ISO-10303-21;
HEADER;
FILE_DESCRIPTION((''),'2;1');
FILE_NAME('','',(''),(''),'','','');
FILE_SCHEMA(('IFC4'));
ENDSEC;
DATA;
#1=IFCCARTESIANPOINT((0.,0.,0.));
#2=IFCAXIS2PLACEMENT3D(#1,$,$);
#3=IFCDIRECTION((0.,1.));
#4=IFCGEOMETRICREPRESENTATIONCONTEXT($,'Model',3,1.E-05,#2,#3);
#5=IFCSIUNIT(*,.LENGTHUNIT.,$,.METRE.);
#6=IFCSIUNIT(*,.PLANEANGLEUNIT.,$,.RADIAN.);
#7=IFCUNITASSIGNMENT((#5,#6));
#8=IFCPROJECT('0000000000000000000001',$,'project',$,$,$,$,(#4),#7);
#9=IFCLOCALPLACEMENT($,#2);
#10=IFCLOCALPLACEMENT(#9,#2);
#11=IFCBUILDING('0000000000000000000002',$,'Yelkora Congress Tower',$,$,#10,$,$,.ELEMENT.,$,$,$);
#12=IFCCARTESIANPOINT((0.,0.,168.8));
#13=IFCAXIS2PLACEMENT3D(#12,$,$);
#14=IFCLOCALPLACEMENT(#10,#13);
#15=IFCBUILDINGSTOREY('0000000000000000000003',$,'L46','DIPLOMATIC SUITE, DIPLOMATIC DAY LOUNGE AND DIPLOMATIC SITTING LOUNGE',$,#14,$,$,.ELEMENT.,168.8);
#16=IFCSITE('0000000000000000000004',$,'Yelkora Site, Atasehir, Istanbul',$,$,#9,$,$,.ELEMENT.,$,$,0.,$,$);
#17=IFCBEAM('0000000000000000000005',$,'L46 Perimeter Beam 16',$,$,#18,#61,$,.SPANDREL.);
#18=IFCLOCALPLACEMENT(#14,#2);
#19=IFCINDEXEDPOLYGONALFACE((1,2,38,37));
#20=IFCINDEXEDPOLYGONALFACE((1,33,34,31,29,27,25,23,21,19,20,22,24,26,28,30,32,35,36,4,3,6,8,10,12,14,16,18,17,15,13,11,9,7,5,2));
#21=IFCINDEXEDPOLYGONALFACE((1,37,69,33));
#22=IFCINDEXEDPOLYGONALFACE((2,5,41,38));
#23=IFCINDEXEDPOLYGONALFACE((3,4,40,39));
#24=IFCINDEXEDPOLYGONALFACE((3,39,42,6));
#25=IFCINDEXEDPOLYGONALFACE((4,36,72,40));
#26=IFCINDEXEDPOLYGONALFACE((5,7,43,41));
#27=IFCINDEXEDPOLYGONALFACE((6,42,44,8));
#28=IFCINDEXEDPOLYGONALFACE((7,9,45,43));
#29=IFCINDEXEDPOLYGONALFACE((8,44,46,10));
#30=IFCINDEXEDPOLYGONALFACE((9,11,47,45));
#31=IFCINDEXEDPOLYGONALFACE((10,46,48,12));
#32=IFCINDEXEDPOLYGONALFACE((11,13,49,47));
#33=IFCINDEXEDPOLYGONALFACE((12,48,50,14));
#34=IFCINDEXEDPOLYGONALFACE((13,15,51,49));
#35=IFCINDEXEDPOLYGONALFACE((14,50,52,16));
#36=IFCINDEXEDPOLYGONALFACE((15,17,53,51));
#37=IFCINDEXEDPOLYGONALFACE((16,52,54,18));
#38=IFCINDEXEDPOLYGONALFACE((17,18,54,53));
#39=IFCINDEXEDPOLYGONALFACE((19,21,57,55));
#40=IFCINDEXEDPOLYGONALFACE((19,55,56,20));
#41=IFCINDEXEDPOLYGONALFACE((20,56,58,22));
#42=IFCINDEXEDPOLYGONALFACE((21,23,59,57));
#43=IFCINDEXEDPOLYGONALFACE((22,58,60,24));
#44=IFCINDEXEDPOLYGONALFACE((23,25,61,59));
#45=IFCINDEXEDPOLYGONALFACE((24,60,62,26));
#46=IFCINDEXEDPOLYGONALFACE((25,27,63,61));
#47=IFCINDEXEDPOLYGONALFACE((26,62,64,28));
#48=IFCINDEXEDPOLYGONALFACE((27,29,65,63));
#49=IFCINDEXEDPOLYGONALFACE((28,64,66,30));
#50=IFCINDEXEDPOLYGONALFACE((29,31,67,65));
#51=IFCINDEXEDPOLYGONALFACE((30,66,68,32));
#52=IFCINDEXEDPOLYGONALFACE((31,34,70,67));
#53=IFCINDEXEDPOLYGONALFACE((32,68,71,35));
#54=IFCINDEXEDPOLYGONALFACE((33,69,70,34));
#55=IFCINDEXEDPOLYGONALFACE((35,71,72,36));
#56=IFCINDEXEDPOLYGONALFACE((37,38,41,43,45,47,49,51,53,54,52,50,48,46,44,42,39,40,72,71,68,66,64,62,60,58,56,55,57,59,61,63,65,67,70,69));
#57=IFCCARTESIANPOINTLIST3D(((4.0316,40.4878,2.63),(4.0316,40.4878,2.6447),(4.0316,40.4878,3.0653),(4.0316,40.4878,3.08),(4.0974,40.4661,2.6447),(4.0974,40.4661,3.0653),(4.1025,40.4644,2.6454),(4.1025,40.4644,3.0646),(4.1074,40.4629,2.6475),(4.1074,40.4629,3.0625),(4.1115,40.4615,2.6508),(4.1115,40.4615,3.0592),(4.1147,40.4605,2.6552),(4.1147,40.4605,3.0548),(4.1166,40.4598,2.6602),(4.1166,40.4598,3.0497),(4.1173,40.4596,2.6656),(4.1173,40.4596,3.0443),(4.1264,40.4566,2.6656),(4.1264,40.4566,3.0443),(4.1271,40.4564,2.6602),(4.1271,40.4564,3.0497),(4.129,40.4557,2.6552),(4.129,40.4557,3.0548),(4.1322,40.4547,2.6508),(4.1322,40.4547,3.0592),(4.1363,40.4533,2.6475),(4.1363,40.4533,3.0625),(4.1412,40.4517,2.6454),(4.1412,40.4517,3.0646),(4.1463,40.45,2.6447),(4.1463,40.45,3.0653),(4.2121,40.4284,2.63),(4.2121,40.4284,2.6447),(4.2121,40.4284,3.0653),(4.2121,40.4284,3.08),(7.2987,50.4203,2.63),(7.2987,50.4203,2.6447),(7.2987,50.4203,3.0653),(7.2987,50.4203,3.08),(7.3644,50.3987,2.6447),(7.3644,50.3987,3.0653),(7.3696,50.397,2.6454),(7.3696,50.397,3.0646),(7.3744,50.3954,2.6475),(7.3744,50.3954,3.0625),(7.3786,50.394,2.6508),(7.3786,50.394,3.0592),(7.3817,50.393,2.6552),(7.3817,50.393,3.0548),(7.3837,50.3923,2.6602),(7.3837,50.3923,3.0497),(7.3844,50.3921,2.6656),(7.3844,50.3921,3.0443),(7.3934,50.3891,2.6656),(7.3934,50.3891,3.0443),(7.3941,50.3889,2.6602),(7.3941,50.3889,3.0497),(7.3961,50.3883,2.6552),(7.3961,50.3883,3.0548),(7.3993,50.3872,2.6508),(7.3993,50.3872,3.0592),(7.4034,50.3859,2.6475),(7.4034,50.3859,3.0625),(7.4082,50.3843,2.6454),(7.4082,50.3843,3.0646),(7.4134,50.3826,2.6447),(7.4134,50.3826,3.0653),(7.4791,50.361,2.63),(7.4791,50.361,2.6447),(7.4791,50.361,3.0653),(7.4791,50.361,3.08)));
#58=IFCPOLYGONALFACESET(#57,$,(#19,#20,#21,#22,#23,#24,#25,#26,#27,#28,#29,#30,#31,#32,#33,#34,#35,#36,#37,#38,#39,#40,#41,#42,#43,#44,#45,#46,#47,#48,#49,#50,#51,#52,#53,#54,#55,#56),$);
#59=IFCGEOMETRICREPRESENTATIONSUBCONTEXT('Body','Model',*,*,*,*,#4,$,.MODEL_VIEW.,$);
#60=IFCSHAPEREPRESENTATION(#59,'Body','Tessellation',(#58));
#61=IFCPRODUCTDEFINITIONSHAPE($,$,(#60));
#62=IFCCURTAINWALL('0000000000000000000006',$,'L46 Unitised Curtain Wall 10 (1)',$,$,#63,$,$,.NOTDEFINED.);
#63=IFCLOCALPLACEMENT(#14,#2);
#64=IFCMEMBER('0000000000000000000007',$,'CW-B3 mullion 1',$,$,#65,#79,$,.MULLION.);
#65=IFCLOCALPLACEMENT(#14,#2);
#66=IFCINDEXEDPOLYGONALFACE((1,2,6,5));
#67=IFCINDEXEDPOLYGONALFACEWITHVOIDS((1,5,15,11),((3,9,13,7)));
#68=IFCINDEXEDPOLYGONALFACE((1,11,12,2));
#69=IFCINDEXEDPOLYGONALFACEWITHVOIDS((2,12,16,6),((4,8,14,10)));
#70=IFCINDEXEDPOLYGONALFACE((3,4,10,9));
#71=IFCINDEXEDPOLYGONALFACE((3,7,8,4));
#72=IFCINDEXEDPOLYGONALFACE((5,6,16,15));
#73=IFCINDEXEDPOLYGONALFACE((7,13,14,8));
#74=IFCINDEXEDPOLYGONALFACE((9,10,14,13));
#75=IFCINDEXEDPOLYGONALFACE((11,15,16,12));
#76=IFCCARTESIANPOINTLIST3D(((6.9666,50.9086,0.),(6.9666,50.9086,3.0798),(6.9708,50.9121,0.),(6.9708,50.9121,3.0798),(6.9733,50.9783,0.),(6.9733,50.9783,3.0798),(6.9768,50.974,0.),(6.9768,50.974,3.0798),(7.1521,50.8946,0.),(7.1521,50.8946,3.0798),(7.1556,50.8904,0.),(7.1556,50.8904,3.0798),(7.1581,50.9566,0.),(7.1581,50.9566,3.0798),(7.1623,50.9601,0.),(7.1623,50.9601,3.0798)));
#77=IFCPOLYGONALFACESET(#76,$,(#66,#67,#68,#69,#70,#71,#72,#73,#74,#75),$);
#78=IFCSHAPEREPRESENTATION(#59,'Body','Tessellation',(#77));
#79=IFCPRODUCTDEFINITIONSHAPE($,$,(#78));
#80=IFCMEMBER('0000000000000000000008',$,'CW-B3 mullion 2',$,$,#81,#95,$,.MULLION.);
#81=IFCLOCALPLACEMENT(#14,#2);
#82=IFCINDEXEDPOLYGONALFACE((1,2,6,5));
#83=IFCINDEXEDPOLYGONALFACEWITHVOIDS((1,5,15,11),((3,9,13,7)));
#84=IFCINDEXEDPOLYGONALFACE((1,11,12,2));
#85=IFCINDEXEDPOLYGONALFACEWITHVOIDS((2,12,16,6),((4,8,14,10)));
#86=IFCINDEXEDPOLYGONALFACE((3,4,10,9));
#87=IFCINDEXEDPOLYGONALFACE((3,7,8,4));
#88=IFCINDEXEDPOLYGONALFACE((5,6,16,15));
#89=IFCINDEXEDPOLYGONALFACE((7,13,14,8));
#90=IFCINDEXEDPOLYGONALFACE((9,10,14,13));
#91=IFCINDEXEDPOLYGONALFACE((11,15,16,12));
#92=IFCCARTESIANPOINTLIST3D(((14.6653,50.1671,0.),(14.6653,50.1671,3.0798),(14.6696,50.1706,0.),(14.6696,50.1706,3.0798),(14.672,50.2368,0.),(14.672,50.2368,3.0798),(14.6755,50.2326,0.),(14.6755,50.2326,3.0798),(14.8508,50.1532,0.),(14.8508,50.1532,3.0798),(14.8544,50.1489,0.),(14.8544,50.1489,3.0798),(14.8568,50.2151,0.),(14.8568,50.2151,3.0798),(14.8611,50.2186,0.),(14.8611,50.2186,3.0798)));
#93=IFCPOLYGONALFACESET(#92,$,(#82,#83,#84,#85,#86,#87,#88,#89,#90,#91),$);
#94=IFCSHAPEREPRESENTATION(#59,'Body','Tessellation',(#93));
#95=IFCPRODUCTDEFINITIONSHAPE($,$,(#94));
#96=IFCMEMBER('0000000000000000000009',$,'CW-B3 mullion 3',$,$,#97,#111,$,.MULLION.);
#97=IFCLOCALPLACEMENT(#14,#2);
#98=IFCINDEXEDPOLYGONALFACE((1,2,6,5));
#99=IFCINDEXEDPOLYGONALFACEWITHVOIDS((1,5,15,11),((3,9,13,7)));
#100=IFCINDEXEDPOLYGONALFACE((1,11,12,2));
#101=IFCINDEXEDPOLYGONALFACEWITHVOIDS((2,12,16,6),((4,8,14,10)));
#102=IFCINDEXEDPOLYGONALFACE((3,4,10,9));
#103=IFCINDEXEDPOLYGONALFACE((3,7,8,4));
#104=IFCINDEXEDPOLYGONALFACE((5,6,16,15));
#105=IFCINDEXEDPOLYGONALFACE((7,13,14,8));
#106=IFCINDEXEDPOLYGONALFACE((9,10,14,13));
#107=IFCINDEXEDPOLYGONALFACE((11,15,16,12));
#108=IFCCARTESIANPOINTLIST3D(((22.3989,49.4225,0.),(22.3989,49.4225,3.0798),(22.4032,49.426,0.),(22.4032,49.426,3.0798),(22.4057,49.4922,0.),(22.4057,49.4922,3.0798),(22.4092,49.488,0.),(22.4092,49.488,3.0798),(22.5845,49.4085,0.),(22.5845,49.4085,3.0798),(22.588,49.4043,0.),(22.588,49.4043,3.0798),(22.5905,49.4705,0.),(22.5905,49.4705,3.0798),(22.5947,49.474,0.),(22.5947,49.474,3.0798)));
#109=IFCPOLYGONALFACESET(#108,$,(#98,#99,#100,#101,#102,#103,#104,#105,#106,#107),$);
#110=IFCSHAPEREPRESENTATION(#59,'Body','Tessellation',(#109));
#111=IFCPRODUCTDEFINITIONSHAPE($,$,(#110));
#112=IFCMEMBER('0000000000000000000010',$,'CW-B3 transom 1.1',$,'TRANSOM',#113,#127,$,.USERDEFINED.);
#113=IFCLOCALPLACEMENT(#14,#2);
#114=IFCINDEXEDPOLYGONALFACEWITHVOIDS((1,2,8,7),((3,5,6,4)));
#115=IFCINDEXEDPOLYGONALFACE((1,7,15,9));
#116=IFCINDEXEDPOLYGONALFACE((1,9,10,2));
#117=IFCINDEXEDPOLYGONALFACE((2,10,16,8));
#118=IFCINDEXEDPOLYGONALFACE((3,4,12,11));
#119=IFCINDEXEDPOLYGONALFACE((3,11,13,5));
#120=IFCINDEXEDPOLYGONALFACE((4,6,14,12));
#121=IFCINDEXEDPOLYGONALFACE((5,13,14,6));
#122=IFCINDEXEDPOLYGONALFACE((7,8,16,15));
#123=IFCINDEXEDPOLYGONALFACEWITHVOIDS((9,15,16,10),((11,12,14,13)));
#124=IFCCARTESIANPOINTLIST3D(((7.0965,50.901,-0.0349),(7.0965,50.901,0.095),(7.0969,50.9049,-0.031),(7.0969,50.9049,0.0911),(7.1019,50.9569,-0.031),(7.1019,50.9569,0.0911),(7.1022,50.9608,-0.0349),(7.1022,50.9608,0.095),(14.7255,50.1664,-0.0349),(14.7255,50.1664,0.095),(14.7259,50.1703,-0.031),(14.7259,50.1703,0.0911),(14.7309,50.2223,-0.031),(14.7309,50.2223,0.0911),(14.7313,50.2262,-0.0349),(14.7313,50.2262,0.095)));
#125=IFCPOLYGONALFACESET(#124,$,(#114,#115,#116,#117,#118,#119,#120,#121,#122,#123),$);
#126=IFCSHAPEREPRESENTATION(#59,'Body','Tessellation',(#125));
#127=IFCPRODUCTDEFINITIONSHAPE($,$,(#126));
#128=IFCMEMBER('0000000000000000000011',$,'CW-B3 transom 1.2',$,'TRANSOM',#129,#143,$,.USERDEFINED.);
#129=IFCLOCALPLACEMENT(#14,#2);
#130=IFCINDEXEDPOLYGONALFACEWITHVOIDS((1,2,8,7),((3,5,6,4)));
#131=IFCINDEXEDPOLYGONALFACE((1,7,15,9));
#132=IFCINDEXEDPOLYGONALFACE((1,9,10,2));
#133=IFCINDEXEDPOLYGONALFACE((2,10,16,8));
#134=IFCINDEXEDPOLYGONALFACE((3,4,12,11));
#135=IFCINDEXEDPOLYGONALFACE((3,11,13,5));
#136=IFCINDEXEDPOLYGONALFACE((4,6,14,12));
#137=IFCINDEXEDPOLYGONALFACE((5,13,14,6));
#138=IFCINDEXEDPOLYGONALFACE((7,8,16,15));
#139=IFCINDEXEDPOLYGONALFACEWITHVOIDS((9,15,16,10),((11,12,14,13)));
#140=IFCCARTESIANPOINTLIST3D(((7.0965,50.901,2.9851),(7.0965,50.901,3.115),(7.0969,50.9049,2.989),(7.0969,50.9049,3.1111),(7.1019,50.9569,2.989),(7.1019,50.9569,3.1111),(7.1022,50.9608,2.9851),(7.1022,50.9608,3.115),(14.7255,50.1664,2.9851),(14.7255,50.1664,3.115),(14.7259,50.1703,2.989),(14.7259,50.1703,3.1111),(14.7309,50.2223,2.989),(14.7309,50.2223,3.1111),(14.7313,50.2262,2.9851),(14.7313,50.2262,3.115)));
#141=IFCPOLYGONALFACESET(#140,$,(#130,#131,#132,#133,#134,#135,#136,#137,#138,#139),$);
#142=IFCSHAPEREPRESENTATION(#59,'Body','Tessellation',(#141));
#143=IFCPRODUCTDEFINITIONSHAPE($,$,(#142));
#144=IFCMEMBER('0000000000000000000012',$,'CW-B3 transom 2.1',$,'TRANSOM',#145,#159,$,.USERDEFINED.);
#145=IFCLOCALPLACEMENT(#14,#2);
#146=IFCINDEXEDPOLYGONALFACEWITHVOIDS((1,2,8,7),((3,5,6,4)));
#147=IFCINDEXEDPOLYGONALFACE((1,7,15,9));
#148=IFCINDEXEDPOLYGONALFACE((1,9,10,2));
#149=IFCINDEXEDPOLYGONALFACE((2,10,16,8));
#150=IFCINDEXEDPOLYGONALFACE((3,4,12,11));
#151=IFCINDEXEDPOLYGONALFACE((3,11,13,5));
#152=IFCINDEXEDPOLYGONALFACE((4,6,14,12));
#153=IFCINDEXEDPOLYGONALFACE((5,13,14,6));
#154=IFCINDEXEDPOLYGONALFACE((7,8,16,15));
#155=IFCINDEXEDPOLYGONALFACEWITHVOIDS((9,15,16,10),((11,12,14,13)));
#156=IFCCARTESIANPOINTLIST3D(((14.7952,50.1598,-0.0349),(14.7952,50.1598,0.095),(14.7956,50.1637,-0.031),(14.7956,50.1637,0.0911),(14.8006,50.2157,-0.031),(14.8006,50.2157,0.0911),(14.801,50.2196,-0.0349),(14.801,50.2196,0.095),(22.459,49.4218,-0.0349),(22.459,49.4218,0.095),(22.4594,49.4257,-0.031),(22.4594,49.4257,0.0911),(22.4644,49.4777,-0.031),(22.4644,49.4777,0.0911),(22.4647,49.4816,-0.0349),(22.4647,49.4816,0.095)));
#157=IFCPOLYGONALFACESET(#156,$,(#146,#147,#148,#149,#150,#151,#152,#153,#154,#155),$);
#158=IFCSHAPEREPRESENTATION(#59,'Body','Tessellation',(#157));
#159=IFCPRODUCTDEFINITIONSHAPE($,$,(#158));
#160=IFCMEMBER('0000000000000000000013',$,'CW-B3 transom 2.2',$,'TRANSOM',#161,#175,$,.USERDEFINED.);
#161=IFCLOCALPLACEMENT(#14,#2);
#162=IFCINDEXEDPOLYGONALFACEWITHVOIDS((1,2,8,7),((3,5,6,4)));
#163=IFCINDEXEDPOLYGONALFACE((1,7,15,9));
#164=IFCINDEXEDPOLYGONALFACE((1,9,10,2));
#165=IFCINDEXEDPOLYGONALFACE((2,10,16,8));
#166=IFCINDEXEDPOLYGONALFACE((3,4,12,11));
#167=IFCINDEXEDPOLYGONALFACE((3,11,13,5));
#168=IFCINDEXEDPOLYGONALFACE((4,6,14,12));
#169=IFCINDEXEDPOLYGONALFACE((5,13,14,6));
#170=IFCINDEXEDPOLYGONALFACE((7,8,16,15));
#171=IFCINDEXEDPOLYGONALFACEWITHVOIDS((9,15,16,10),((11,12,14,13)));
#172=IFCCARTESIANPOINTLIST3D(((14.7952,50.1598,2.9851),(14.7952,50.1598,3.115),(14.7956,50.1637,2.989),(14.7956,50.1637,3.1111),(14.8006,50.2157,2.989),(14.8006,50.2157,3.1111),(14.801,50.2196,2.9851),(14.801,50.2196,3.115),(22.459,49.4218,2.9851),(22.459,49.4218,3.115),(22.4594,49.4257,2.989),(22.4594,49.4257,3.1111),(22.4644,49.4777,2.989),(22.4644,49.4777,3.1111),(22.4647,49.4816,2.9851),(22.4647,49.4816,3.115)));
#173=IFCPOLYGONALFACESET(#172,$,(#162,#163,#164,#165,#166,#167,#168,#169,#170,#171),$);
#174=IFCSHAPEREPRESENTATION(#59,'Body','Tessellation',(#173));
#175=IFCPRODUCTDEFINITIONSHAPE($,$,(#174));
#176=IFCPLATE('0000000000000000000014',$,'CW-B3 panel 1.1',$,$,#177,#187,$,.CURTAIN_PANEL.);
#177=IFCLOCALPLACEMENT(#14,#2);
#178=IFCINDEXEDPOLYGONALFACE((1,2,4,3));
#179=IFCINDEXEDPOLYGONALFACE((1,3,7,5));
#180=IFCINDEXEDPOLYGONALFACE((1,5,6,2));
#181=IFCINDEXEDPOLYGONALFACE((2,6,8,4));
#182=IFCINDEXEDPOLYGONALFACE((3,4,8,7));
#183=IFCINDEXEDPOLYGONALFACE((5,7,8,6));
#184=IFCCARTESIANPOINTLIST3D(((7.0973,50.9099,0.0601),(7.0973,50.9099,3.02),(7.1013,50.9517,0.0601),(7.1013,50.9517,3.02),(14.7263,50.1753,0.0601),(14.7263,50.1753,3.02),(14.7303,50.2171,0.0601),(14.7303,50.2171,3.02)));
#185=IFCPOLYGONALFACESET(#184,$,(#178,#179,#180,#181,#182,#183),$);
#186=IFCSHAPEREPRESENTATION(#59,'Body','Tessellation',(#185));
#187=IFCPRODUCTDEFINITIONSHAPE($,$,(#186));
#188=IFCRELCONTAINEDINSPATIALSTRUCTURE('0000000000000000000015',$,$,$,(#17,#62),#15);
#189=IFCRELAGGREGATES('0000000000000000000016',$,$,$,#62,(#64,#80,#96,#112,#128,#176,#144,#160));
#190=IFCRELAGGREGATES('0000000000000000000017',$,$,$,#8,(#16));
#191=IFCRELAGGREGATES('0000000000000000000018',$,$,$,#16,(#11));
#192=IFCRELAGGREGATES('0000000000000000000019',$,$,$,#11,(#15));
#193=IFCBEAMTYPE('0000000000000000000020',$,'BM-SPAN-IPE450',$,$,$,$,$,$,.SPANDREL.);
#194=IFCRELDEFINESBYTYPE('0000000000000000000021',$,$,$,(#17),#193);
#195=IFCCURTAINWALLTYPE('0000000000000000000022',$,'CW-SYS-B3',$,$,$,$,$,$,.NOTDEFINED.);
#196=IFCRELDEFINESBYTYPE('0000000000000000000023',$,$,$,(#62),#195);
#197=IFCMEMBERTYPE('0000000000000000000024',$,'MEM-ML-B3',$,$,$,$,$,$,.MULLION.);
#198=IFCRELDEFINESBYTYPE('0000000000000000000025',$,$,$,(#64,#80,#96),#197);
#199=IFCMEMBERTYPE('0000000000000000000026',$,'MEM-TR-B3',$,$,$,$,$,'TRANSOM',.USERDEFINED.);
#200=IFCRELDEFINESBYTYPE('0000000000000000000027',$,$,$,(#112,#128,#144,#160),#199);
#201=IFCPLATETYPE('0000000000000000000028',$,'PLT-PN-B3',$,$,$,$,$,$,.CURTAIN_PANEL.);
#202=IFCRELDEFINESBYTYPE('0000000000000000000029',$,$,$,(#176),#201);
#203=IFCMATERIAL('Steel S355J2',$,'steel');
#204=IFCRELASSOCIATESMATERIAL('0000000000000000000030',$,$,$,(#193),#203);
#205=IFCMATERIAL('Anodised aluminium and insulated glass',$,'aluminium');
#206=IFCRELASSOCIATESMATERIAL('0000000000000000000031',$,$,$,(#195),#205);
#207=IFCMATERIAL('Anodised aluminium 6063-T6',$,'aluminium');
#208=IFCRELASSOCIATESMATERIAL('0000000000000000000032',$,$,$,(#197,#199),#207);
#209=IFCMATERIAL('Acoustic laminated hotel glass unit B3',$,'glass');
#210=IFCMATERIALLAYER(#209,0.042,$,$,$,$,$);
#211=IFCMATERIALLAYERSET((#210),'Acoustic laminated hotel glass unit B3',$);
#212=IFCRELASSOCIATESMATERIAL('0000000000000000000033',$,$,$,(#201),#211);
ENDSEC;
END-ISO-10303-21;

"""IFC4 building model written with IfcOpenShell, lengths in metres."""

from ifc_helpers import new_model, si_unit, direction, frame, origin, origin_2d, place, context, subcontext, project, spatial, rectangle, hollow_rectangle, i_section, extrude, material, layer, layer_set, material_profile, profile_set, type_object, element, aggregate, save


model = new_model("IFC4")

# Units and contexts
model_context = context("Model", 3, precision=1e-05, world=origin(), true_north=direction((0.0, 1.0)))
body_context = subcontext(model_context, "Body", "Model", "MODEL_VIEW")
ifc_project = project(units=[si_unit("LENGTHUNIT", "METRE"), si_unit("PLANEANGLEUNIT", "RADIAN")], contexts=[model_context])

# Site, building, storey
site_placement = place(None, origin())
site = spatial("IfcSite", under=ifc_project, at=site_placement, Name="Yelkora Site, Atasehir, Istanbul", CompositionType="ELEMENT", RefElevation=0.0)
building_placement = place(site_placement, origin())
building = spatial("IfcBuilding", under=site, at=building_placement, Name="Yelkora Congress Tower", CompositionType="ELEMENT")
storey_placement = place(building_placement, frame((0.0, 0.0, 168.8)))
storey = spatial("IfcBuildingStorey", under=building, at=storey_placement, Name="L46", Description="DIPLOMATIC SUITE, DIPLOMATIC DAY LOUNGE AND DIPLOMATIC SITTING LOUNGE", CompositionType="ELEMENT", Elevation=168.8)

# Beam
ifc_material_1 = material(Name="Steel S355J2", Category="steel")
ifc_material_profile_1 = material_profile(ifc_material_1, i_section(OverallWidth=0.1899, OverallDepth=0.45, WebThickness=0.0095, FlangeThickness=0.0146, FilletRadius=0.021, at=origin_2d()), Name="IPE 450")
ifc_profile_set_1 = profile_set([ifc_material_profile_1], Name="Steel S355J2")
beam_type_1 = type_object("IfcBeamType", Name="BM-SPAN-IPE450", PredefinedType="SPANDREL", material=ifc_profile_set_1)
beam_1_placement = place(storey_placement, frame((7.3889, 50.3906, 2.855), z_axis=(-0.312457, -0.949932, 0.0), x_axis=(0.949932, -0.312457, 0.0)))
element("IfcBeam", 1, at=beam_1_placement, inside=storey, type_object=beam_type_1, Name="L46 Perimeter Beam 16", PredefinedType="SPANDREL", context=body_context, shape_type="SweptSolid", body=[
    extrude(i_section(OverallWidth=0.1899, OverallDepth=0.45, WebThickness=0.0095, FlangeThickness=0.0146, FilletRadius=0.021, at=origin_2d()), origin(), (0.0, 0.0, 1.0), 10.4561),
])

# Curtain wall, members, plate
ifc_material_2 = material(Name="Anodised aluminium and insulated glass", Category="aluminium")
curtain_wall_type = type_object("IfcCurtainWallType", Name="CW-SYS-B3", PredefinedType="NOTDEFINED", material=ifc_material_2)
curtain_wall_placement = place(storey_placement, origin())
curtain_wall = element("IfcCurtainWall", 2, at=curtain_wall_placement, inside=storey, type_object=curtain_wall_type, Name="L46 Unitised Curtain Wall 10 (1)", PredefinedType="NOTDEFINED")
ifc_material_3 = material(Name="Anodised aluminium 6063-T6", Category="aluminium")
ifc_material_profile_2 = material_profile(ifc_material_3, hollow_rectangle(XDim=0.0701, YDim=0.1899, WallThickness=0.0039, at=origin_2d()), Name="ALU 70x190x4")
ifc_profile_set_2 = profile_set([ifc_material_profile_2], Name="Anodised aluminium 6063-T6")
member_type_1 = type_object("IfcMemberType", Name="MEM-ML-B3", PredefinedType="MULLION", material=ifc_profile_set_2)
member_1_placement = place(storey_placement, frame((7.0645, 50.9343, 0.0), z_axis=(0.0, 0.0, 1.0), x_axis=(0.095845, 0.995396, 0.0)))
member_1 = element("IfcMember", 3, at=member_1_placement, type_object=member_type_1, Name="CW-B3 mullion 1", PredefinedType="MULLION", context=body_context, shape_type="SweptSolid", body=[
    extrude(hollow_rectangle(XDim=0.0701, YDim=0.1899, WallThickness=0.0039, at=origin_2d()), origin(), (0.0, 0.0, 1.0), 3.0798),
])
member_2_placement = place(storey_placement, frame((14.7632, 50.1929, 0.0), z_axis=(0.0, 0.0, 1.0), x_axis=(0.095845, 0.995396, 0.0)))
member_2 = element("IfcMember", 4, at=member_2_placement, type_object=member_type_1, Name="CW-B3 mullion 2", PredefinedType="MULLION", context=body_context, shape_type="SweptSolid", body=[
    extrude(hollow_rectangle(XDim=0.0701, YDim=0.1899, WallThickness=0.0039, at=origin_2d()), origin(), (0.0, 0.0, 1.0), 3.0798),
])
member_3_placement = place(storey_placement, frame((22.4968, 49.4482, 0.0), z_axis=(0.0, 0.0, 1.0), x_axis=(0.095845, 0.995396, 0.0)))
member_3 = element("IfcMember", 5, at=member_3_placement, type_object=member_type_1, Name="CW-B3 mullion 3", PredefinedType="MULLION", context=body_context, shape_type="SweptSolid", body=[
    extrude(hollow_rectangle(XDim=0.0701, YDim=0.1899, WallThickness=0.0039, at=origin_2d()), origin(), (0.0, 0.0, 1.0), 3.0798),
])
ifc_material_profile_3 = material_profile(ifc_material_3, hollow_rectangle(XDim=0.0601, YDim=0.1299, WallThickness=0.0039, at=origin_2d()), Name="ALU 60x130x4")
ifc_profile_set_3 = profile_set([ifc_material_profile_3], Name="Anodised aluminium 6063-T6")
member_type_2 = type_object("IfcMemberType", Name="MEM-TR-B3", ElementType="TRANSOM", PredefinedType="USERDEFINED", material=ifc_profile_set_3)
member_4_placement = place(storey_placement, frame((7.0994, 50.9309, 0.03), z_axis=(0.995396, -0.095851, 0.0), x_axis=(0.095851, 0.995396, 0.0)))
member_4 = element("IfcMember", 6, at=member_4_placement, type_object=member_type_2, Name="CW-B3 transom 1.1", ObjectType="TRANSOM", PredefinedType="USERDEFINED", context=body_context, shape_type="SweptSolid", body=[
    extrude(hollow_rectangle(XDim=0.0601, YDim=0.1299, WallThickness=0.0039, at=origin_2d()), origin(), (0.0, 0.0, 1.0), 7.6643),
])
member_5_placement = place(storey_placement, frame((7.0994, 50.9309, 3.05), z_axis=(0.995396, -0.095851, 0.0), x_axis=(0.095851, 0.995396, 0.0)))
member_5 = element("IfcMember", 7, at=member_5_placement, type_object=member_type_2, Name="CW-B3 transom 1.2", ObjectType="TRANSOM", PredefinedType="USERDEFINED", context=body_context, shape_type="SweptSolid", body=[
    extrude(hollow_rectangle(XDim=0.0601, YDim=0.1299, WallThickness=0.0039, at=origin_2d()), origin(), (0.0, 0.0, 1.0), 7.6643),
])
member_6_placement = place(storey_placement, frame((14.7981, 50.1897, 0.03), z_axis=(0.995395, -0.095858, 0.0), x_axis=(0.095858, 0.995395, 0.0)))
member_6 = element("IfcMember", 8, at=member_6_placement, type_object=member_type_2, Name="CW-B3 transom 2.1", ObjectType="TRANSOM", PredefinedType="USERDEFINED", context=body_context, shape_type="SweptSolid", body=[
    extrude(hollow_rectangle(XDim=0.0601, YDim=0.1299, WallThickness=0.0039, at=origin_2d()), origin(), (0.0, 0.0, 1.0), 7.6992),
])
member_7_placement = place(storey_placement, frame((14.7981, 50.1897, 3.05), z_axis=(0.995395, -0.095858, 0.0), x_axis=(0.095858, 0.995395, 0.0)))
member_7 = element("IfcMember", 9, at=member_7_placement, type_object=member_type_2, Name="CW-B3 transom 2.2", ObjectType="TRANSOM", PredefinedType="USERDEFINED", context=body_context, shape_type="SweptSolid", body=[
    extrude(hollow_rectangle(XDim=0.0601, YDim=0.1299, WallThickness=0.0039, at=origin_2d()), origin(), (0.0, 0.0, 1.0), 7.6992),
])
ifc_material_4 = material(Name="Acoustic laminated hotel glass unit B3", Category="glass")
ifc_layer_1 = layer(ifc_material_4, 0.042)
ifc_layer_set_1 = layer_set([ifc_layer_1], Name="Acoustic laminated hotel glass unit B3")
plate_type = type_object("IfcPlateType", Name="PLT-PN-B3", PredefinedType="CURTAIN_PANEL", material=ifc_layer_set_1)
plate_1_placement = place(storey_placement, frame((10.9138, 50.5635, 0.0601), z_axis=(0.0, 0.0, 1.0), x_axis=(0.995396, -0.095845, 0.0)))
plate_1 = element("IfcPlate", 10, at=plate_1_placement, type_object=plate_type, Name="CW-B3 panel 1.1", PredefinedType="CURTAIN_PANEL", context=body_context, shape_type="SweptSolid", body=[
    extrude(rectangle(XDim=7.6643, YDim=0.042, at=origin_2d()), origin(), (0.0, 0.0, 1.0), 2.96),
])
aggregate(curtain_wall, [member_1, member_2, member_3, member_4, member_5, plate_1, member_6, member_7])

save(model, "model.ifc")
